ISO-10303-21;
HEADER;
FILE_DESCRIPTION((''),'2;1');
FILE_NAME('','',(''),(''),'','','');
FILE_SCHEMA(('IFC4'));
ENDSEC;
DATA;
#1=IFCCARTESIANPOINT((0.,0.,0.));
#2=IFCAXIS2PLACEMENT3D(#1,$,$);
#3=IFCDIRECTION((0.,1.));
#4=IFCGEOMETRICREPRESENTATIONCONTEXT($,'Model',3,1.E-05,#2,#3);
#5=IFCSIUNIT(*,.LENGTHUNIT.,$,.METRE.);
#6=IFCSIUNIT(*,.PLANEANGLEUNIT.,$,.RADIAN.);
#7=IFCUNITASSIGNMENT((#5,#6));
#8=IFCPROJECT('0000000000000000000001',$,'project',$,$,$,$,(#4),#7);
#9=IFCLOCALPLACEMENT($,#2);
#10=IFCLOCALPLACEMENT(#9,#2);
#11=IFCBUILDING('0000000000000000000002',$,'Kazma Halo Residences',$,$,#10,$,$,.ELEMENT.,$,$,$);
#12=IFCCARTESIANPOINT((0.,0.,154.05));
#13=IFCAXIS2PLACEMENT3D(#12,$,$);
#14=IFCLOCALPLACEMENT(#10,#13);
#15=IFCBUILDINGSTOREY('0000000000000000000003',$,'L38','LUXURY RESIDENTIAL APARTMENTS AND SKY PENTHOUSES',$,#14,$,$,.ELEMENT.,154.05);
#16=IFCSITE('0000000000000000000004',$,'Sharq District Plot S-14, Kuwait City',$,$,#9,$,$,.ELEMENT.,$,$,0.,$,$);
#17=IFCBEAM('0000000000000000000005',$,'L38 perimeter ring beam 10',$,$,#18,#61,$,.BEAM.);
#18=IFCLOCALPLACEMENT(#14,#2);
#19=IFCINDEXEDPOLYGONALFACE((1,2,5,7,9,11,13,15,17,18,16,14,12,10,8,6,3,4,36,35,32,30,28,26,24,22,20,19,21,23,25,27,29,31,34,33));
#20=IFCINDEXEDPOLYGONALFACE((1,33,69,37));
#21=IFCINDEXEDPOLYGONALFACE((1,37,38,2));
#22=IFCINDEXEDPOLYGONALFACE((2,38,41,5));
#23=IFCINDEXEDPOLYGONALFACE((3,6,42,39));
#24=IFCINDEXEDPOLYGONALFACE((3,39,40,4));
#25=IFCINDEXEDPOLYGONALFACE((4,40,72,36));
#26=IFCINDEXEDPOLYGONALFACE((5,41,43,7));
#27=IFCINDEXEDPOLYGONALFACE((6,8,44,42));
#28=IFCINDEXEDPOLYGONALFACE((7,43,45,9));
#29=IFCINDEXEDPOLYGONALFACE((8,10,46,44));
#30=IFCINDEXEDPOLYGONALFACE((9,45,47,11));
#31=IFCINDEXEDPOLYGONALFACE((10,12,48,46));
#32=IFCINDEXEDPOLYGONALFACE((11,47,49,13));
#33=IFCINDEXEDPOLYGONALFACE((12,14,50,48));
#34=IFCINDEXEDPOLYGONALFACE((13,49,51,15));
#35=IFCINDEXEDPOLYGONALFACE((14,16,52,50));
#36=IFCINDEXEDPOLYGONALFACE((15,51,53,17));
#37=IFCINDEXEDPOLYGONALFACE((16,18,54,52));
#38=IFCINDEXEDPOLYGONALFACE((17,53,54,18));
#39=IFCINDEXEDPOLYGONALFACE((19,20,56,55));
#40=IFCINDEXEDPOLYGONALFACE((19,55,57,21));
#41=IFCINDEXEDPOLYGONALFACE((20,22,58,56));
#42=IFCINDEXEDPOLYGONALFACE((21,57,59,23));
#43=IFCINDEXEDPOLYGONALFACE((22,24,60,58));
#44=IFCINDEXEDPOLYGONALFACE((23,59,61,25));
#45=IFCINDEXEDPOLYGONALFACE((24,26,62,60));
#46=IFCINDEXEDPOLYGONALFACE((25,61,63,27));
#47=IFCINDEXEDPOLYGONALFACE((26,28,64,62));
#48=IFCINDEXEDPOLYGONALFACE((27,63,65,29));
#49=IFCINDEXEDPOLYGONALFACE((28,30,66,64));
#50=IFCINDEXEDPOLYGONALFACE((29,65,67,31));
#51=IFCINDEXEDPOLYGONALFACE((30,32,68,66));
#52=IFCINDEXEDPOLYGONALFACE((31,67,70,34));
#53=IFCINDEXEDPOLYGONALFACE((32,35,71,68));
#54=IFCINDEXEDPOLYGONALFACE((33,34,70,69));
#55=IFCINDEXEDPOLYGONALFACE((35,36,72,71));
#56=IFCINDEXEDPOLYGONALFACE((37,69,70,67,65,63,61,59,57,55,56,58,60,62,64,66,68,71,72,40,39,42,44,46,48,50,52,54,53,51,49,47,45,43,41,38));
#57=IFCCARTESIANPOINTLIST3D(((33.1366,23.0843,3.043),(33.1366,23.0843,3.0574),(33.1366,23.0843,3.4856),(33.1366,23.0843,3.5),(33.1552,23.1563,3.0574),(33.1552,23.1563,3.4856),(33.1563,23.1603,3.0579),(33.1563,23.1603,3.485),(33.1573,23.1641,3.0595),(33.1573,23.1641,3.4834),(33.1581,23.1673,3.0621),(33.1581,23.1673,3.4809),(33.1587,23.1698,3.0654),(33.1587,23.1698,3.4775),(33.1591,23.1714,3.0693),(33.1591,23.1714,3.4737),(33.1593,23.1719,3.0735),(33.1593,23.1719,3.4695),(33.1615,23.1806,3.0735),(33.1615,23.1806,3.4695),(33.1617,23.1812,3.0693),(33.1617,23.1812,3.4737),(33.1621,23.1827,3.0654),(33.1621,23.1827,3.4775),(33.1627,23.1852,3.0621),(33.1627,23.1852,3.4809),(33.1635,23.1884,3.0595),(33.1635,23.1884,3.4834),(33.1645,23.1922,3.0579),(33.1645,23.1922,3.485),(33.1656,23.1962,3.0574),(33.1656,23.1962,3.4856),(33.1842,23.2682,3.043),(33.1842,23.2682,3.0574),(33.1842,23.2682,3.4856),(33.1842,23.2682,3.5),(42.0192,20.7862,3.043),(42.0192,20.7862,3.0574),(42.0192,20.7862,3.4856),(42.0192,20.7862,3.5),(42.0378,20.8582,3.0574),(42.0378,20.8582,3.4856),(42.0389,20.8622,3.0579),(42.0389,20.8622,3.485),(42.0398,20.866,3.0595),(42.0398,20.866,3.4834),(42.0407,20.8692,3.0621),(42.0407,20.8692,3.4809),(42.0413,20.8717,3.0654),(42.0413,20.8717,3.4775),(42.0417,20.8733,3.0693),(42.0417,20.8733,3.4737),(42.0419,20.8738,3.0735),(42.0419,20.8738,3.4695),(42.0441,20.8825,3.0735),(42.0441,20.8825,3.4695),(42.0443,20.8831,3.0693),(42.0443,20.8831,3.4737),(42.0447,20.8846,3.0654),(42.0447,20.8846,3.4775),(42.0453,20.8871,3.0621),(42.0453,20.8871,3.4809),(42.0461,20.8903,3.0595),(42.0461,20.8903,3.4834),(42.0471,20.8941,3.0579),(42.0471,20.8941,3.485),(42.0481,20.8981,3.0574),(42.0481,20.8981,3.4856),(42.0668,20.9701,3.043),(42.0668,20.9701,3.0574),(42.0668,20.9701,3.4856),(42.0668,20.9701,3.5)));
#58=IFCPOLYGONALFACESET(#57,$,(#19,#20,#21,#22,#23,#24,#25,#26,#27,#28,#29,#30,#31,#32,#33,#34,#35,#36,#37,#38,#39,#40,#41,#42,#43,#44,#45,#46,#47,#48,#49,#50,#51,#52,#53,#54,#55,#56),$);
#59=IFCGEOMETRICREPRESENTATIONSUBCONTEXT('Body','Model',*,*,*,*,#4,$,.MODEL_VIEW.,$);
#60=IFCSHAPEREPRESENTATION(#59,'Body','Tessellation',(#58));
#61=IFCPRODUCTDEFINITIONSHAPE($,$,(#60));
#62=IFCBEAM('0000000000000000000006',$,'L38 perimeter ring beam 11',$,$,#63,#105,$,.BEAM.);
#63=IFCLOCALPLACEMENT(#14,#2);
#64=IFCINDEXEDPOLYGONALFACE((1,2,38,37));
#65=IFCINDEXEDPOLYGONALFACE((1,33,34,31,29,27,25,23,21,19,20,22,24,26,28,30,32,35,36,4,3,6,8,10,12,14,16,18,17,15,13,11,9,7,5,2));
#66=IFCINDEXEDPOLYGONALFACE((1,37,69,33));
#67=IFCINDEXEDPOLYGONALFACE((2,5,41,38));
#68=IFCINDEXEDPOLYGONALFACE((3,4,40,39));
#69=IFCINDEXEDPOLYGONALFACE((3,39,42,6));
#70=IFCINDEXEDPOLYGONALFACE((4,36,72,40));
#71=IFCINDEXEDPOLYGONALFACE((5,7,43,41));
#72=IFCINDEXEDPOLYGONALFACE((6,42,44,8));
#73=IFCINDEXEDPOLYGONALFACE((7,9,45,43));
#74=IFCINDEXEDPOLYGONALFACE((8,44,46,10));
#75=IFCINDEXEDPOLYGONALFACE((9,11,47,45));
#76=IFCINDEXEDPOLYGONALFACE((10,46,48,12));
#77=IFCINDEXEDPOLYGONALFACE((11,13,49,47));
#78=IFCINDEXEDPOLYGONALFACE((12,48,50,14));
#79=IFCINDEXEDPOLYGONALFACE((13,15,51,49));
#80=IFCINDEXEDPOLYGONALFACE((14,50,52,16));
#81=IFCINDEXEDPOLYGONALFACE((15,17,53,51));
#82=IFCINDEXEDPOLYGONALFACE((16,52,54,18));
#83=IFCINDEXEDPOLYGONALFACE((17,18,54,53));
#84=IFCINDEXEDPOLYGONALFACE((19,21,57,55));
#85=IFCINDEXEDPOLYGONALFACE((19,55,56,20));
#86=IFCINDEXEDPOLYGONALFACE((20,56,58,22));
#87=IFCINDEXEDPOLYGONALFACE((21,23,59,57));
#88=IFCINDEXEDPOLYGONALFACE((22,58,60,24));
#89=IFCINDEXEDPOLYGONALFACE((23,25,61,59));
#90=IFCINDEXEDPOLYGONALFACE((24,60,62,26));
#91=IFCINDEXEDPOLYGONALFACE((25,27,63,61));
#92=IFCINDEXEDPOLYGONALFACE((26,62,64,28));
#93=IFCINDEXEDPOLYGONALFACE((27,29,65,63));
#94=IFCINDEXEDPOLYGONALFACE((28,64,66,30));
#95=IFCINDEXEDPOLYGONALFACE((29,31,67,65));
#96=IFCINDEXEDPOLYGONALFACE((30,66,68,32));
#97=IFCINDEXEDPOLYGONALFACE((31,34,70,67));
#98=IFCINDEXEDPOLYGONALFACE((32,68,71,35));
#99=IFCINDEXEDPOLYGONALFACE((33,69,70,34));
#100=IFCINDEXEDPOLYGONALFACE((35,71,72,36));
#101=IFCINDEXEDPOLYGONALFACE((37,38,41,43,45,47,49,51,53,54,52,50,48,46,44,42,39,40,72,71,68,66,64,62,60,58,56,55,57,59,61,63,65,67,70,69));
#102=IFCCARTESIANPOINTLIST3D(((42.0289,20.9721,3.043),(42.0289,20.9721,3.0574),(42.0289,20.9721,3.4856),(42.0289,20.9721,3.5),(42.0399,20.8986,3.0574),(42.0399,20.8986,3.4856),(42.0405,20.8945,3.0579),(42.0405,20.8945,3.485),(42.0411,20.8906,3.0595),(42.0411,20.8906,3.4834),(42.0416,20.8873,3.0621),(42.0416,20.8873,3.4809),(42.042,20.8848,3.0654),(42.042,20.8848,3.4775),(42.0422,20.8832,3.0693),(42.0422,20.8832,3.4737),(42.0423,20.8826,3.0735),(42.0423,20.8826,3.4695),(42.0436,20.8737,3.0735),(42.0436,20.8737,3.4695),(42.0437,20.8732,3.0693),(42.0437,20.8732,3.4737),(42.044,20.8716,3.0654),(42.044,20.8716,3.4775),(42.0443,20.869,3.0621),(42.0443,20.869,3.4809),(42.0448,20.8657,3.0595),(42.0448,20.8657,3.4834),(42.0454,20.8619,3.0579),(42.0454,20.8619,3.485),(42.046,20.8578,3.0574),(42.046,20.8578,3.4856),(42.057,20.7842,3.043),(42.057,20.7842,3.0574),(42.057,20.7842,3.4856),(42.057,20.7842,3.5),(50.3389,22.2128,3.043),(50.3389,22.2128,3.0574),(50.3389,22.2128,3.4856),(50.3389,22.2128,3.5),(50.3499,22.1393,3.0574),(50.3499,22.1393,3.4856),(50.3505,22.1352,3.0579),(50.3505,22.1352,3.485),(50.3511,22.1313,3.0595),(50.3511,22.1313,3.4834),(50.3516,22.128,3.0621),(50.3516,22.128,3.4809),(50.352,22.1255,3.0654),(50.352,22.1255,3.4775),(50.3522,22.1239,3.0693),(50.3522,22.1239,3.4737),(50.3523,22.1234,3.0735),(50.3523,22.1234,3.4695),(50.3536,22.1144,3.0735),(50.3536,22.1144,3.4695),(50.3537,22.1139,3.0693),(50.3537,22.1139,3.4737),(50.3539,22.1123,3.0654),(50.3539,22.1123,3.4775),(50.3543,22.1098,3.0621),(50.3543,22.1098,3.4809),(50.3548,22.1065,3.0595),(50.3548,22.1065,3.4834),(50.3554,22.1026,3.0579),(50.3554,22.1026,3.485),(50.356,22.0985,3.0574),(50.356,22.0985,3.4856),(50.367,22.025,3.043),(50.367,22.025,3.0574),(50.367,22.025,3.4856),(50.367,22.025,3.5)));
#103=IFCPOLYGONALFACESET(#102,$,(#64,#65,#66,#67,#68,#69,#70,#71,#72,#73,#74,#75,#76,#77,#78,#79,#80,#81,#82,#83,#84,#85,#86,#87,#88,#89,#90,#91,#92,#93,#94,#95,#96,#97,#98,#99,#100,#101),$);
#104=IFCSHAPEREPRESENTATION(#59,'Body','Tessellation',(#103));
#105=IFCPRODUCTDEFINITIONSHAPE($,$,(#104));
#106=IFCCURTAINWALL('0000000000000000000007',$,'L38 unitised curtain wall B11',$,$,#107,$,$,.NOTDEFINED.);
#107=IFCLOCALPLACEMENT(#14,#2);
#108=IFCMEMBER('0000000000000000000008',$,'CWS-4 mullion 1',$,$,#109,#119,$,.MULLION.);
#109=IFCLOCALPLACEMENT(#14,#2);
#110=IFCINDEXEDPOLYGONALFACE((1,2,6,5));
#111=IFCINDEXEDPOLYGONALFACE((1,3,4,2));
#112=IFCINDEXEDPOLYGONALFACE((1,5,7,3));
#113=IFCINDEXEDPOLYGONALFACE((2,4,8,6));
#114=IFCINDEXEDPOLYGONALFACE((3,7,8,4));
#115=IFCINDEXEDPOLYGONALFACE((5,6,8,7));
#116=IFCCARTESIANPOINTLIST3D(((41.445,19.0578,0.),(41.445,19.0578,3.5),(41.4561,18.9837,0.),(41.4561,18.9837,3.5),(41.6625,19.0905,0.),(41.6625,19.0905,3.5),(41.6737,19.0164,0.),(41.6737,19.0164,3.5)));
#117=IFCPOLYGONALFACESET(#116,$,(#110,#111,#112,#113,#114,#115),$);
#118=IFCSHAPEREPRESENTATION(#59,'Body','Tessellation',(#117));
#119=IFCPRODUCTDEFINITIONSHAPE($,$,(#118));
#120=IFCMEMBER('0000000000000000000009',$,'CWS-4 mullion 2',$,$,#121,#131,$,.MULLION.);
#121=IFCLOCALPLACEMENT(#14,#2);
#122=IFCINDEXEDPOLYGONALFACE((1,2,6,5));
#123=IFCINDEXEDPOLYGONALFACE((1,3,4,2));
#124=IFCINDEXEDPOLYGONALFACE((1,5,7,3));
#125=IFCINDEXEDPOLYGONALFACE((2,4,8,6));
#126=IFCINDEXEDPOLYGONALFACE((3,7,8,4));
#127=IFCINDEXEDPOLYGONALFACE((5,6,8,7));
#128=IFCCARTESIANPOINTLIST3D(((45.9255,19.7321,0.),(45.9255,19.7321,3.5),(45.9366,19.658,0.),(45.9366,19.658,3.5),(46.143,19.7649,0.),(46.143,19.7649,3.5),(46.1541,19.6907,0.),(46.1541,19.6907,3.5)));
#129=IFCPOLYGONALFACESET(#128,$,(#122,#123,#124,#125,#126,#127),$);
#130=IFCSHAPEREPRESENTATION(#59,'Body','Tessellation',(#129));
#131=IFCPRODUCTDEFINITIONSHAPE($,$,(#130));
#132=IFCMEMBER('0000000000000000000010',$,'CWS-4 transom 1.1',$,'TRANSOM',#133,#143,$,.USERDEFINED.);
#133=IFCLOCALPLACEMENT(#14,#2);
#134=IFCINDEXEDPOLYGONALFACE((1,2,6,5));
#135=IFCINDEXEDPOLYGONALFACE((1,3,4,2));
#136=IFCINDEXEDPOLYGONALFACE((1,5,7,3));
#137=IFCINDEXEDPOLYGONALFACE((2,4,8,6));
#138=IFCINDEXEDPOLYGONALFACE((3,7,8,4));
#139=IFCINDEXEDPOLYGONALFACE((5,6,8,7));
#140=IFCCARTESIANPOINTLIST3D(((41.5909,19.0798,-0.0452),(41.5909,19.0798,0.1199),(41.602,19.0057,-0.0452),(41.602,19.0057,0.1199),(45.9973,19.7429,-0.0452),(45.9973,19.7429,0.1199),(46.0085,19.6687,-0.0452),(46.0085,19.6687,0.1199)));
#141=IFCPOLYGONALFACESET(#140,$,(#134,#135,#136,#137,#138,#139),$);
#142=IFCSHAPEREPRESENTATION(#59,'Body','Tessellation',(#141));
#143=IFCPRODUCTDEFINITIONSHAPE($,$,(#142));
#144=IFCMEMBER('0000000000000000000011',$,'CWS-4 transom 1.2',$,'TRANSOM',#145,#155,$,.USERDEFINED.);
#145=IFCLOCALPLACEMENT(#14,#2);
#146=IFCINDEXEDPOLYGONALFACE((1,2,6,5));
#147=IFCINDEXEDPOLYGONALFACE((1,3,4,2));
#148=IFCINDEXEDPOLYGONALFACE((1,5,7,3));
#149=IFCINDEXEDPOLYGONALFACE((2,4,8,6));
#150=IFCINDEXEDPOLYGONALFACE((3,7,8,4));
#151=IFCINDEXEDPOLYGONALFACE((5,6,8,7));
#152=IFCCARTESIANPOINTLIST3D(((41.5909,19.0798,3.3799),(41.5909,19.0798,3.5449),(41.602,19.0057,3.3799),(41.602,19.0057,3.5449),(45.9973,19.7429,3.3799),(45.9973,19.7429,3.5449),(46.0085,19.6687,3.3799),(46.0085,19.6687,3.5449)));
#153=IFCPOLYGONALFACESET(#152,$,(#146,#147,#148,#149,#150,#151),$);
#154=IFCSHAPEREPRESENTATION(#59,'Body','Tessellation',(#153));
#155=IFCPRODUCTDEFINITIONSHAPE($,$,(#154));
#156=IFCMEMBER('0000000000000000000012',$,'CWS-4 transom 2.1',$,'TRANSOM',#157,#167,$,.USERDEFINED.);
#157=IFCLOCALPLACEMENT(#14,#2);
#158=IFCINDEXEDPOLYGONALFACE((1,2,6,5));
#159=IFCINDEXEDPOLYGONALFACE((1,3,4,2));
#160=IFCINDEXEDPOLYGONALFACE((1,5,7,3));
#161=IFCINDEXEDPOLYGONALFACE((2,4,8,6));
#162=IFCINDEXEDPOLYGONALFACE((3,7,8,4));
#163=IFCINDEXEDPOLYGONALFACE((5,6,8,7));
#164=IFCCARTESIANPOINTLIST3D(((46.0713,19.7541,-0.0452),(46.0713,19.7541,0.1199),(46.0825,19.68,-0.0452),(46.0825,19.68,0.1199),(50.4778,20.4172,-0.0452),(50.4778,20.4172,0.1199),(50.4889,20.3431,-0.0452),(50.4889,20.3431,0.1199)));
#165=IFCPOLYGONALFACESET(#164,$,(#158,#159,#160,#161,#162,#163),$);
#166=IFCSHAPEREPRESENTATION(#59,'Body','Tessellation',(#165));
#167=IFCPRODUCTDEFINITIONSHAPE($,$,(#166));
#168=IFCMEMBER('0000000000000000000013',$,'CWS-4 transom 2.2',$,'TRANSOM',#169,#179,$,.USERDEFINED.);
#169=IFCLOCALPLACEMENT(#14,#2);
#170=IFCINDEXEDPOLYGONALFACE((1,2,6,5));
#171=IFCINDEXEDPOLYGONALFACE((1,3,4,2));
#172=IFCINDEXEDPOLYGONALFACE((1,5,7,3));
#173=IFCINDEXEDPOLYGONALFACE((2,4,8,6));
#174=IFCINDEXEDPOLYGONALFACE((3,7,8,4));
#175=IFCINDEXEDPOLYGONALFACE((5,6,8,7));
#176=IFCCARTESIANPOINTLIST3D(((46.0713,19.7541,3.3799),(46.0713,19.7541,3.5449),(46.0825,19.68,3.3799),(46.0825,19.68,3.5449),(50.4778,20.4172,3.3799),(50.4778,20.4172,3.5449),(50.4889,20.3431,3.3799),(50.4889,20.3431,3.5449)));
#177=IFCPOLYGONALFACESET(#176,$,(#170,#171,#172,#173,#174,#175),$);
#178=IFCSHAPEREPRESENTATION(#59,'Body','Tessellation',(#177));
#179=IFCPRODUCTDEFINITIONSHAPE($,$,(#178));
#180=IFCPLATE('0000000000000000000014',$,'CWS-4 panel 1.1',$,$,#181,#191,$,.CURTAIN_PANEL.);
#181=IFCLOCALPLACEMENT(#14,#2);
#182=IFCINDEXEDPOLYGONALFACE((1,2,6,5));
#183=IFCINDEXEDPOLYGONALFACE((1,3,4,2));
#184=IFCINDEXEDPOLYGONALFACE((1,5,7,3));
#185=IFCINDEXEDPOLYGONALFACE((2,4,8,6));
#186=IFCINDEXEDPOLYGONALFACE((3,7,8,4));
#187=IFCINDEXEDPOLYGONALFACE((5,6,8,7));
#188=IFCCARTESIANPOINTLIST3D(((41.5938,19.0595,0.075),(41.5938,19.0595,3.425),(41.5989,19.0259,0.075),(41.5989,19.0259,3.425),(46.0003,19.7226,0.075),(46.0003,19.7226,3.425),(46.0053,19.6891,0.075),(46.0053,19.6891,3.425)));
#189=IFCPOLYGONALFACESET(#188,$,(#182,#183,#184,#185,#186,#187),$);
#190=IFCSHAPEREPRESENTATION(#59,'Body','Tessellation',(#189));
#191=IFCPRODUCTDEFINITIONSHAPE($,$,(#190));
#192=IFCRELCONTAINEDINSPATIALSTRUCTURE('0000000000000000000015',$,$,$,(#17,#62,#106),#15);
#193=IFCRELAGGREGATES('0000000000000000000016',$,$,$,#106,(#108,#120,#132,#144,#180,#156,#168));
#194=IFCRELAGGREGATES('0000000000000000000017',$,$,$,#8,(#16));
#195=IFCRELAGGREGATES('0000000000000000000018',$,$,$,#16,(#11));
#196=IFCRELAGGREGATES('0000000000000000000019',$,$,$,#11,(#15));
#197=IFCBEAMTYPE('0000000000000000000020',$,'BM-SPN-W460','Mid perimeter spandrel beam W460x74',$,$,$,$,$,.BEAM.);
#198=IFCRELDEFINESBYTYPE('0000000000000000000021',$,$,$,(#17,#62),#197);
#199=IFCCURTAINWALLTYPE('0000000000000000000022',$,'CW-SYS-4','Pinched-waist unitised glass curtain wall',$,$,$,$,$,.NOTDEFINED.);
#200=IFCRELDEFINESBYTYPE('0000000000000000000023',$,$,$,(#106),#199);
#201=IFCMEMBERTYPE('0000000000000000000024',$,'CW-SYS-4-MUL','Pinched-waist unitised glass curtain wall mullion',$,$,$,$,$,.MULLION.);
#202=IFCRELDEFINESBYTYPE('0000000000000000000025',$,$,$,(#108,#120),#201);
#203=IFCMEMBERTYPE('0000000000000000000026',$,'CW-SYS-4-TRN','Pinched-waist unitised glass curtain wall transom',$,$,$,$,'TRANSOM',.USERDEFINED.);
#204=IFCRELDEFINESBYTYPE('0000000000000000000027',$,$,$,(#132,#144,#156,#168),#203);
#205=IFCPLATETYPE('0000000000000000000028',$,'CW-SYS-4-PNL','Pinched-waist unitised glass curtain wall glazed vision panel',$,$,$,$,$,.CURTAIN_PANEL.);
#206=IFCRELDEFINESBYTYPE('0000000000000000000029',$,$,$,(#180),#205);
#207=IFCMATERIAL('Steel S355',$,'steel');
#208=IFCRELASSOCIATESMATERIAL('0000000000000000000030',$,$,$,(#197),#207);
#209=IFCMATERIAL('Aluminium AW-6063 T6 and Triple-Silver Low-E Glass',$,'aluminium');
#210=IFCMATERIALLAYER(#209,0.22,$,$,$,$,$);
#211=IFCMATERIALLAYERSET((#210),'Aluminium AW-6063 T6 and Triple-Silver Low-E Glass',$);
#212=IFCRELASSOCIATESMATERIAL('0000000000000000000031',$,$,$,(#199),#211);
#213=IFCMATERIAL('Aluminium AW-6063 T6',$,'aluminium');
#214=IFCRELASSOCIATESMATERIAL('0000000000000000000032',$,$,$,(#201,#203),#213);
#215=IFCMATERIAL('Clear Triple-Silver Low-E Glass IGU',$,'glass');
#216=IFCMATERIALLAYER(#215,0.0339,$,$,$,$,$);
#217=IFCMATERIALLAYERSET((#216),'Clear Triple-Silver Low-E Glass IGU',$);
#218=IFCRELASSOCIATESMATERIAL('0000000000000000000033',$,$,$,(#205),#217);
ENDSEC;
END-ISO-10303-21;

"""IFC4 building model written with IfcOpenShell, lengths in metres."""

from ifc_helpers import new_model, si_unit, direction, frame, origin, origin_2d, place, context, subcontext, project, spatial, rectangle, i_section, extrude, material, layer, layer_set, material_profile, profile_set, type_object, element, aggregate, save


model = new_model("IFC4")

# Units and contexts
model_context = context("Model", 3, precision=1e-05, world=origin(), true_north=direction((0.0, 1.0)))
body_context = subcontext(model_context, "Body", "Model", "MODEL_VIEW")
ifc_project = project(units=[si_unit("LENGTHUNIT", "METRE"), si_unit("PLANEANGLEUNIT", "RADIAN")], contexts=[model_context])

# Site, building, storey
site_placement = place(None, origin())
site = spatial("IfcSite", under=ifc_project, at=site_placement, Name="Sharq District Plot S-14, Kuwait City", CompositionType="ELEMENT", RefElevation=0.0)
building_placement = place(site_placement, origin())
building = spatial("IfcBuilding", under=site, at=building_placement, Name="Kazma Halo Residences", CompositionType="ELEMENT")
storey_placement = place(building_placement, frame((0.0, 0.0, 154.05)))
storey = spatial("IfcBuildingStorey", under=building, at=storey_placement, Name="L38", Description="LUXURY RESIDENTIAL APARTMENTS AND SKY PENTHOUSES", CompositionType="ELEMENT", Elevation=154.05)

# Beams
ifc_material_1 = material(Name="Steel S355", Category="steel")
ifc_material_profile_1 = material_profile(ifc_material_1, i_section(OverallWidth=0.1899, OverallDepth=0.457, WebThickness=0.009, FlangeThickness=0.0144, FilletRadius=0.0161, at=origin_2d()), Name="W460x74")
ifc_profile_set_1 = profile_set([ifc_material_profile_1], Name="Steel S355")
beam_type_1 = type_object("IfcBeamType", Name="BM-SPN-W460", Description="Mid perimeter spandrel beam W460x74", PredefinedType="BEAM", material=ifc_profile_set_1)
beam_1_placement = place(storey_placement, frame((33.1604, 23.1763, 3.2715), z_axis=(0.968124, -0.250473, 0.0), x_axis=(0.250473, 0.968124, 0.0)))
element("IfcBeam", 1, at=beam_1_placement, inside=storey, type_object=beam_type_1, Name="L38 perimeter ring beam 10", PredefinedType="BEAM", context=body_context, shape_type="SweptSolid", body=[
    extrude(i_section(OverallWidth=0.1899, OverallDepth=0.457, WebThickness=0.009, FlangeThickness=0.0144, FilletRadius=0.0161, at=origin_2d()), origin(), (0.0, 0.0, 1.0), 9.175),
])
beam_2_placement = place(storey_placement, frame((42.043, 20.8782, 3.2715), z_axis=(0.989037, 0.147667, 0.0), x_axis=(-0.147667, 0.989037, 0.0)))
element("IfcBeam", 2, at=beam_2_placement, inside=storey, type_object=beam_type_1, Name="L38 perimeter ring beam 11", PredefinedType="BEAM", context=body_context, shape_type="SweptSolid", body=[
    extrude(i_section(OverallWidth=0.1899, OverallDepth=0.457, WebThickness=0.009, FlangeThickness=0.0144, FilletRadius=0.0161, at=origin_2d()), origin(), (0.0, 0.0, 1.0), 8.4021),
])

# Curtain wall, members, plate
ifc_material_2 = material(Name="Aluminium AW-6063 T6 and Triple-Silver Low-E Glass", Category="aluminium")
ifc_layer_1 = layer(ifc_material_2, 0.22)
ifc_layer_set_1 = layer_set([ifc_layer_1], Name="Aluminium AW-6063 T6 and Triple-Silver Low-E Glass")
curtain_wall_type = type_object("IfcCurtainWallType", Name="CW-SYS-4", Description="Pinched-waist unitised glass curtain wall", PredefinedType="NOTDEFINED", material=ifc_layer_set_1)
curtain_wall_placement = place(storey_placement, origin())
curtain_wall = element("IfcCurtainWall", 3, at=curtain_wall_placement, inside=storey, type_object=curtain_wall_type, Name="L38 unitised curtain wall B11", PredefinedType="NOTDEFINED")
ifc_material_3 = material(Name="Aluminium AW-6063 T6", Category="aluminium")
ifc_material_profile_2 = material_profile(ifc_material_3, rectangle(XDim=0.075, YDim=0.22, at=origin_2d()), Name="CWM-75x220")
ifc_profile_set_2 = profile_set([ifc_material_profile_2], Name="Aluminium AW-6063 T6")
member_type_1 = type_object("IfcMemberType", Name="CW-SYS-4-MUL", Description="Pinched-waist unitised glass curtain wall mullion", PredefinedType="MULLION", material=ifc_profile_set_2)
member_1_placement = place(storey_placement, frame((41.5593, 19.0371, 0.0), z_axis=(0.0, 0.0, 1.0), x_axis=(-0.148821, 0.988864, 0.0)))
member_1 = element("IfcMember", 4, at=member_1_placement, type_object=member_type_1, Name="CWS-4 mullion 1", PredefinedType="MULLION", context=body_context, shape_type="SweptSolid", body=[
    extrude(rectangle(XDim=0.075, YDim=0.22, at=origin_2d()), origin(), (0.0, 0.0, 1.0), 3.5),
])
member_2_placement = place(storey_placement, frame((46.0398, 19.7114, 0.0), z_axis=(0.0, 0.0, 1.0), x_axis=(-0.148821, 0.988864, 0.0)))
member_2 = element("IfcMember", 5, at=member_2_placement, type_object=member_type_1, Name="CWS-4 mullion 2", PredefinedType="MULLION", context=body_context, shape_type="SweptSolid", body=[
    extrude(rectangle(XDim=0.075, YDim=0.22, at=origin_2d()), origin(), (0.0, 0.0, 1.0), 3.5),
])
ifc_material_profile_3 = material_profile(ifc_material_3, rectangle(XDim=0.075, YDim=0.165, at=origin_2d()), Name="CWT-75x165")
ifc_profile_set_3 = profile_set([ifc_material_profile_3], Name="Aluminium AW-6063 T6")
member_type_2 = type_object("IfcMemberType", Name="CW-SYS-4-TRN", Description="Pinched-waist unitised glass curtain wall transom", ElementType="TRANSOM", PredefinedType="USERDEFINED", material=ifc_profile_set_3)
member_3_placement = place(storey_placement, frame((41.5964, 19.0427, 0.0374), z_axis=(0.988867, 0.148804, 0.0), x_axis=(-0.148804, 0.988867, 0.0)))
member_3 = element("IfcMember", 6, at=member_3_placement, type_object=member_type_2, Name="CWS-4 transom 1.1", ObjectType="TRANSOM", PredefinedType="USERDEFINED", context=body_context, shape_type="SweptSolid", body=[
    extrude(rectangle(XDim=0.075, YDim=0.165, at=origin_2d()), origin(), (0.0, 0.0, 1.0), 4.4561),
])
member_4_placement = place(storey_placement, frame((41.5964, 19.0427, 3.4624), z_axis=(0.988867, 0.148804, 0.0), x_axis=(-0.148804, 0.988867, 0.0)))
member_4 = element("IfcMember", 7, at=member_4_placement, type_object=member_type_2, Name="CWS-4 transom 1.2", ObjectType="TRANSOM", PredefinedType="USERDEFINED", context=body_context, shape_type="SweptSolid", body=[
    extrude(rectangle(XDim=0.075, YDim=0.165, at=origin_2d()), origin(), (0.0, 0.0, 1.0), 4.4561),
])
member_5_placement = place(storey_placement, frame((46.0769, 19.717, 0.0374), z_axis=(0.988867, 0.148804, 0.0), x_axis=(-0.148804, 0.988867, 0.0)))
member_5 = element("IfcMember", 8, at=member_5_placement, type_object=member_type_2, Name="CWS-4 transom 2.1", ObjectType="TRANSOM", PredefinedType="USERDEFINED", context=body_context, shape_type="SweptSolid", body=[
    extrude(rectangle(XDim=0.075, YDim=0.165, at=origin_2d()), origin(), (0.0, 0.0, 1.0), 4.4561),
])
member_6_placement = place(storey_placement, frame((46.0769, 19.717, 3.4624), z_axis=(0.988867, 0.148804, 0.0), x_axis=(-0.148804, 0.988867, 0.0)))
member_6 = element("IfcMember", 9, at=member_6_placement, type_object=member_type_2, Name="CWS-4 transom 2.2", ObjectType="TRANSOM", PredefinedType="USERDEFINED", context=body_context, shape_type="SweptSolid", body=[
    extrude(rectangle(XDim=0.075, YDim=0.165, at=origin_2d()), origin(), (0.0, 0.0, 1.0), 4.4561),
])
ifc_material_4 = material(Name="Clear Triple-Silver Low-E Glass IGU", Category="glass")
ifc_layer_2 = layer(ifc_material_4, 0.0339)
ifc_layer_set_2 = layer_set([ifc_layer_2], Name="Clear Triple-Silver Low-E Glass IGU")
plate_type = type_object("IfcPlateType", Name="CW-SYS-4-PNL", Description="Pinched-waist unitised glass curtain wall glazed vision panel", PredefinedType="CURTAIN_PANEL", material=ifc_layer_set_2)
plate_placement = place(storey_placement, frame((43.7996, 19.3743, 0.075), z_axis=(0.0, 0.0, 1.0), x_axis=(0.988864, 0.148821, 0.0)))
plate = element("IfcPlate", 10, at=plate_placement, type_object=plate_type, Name="CWS-4 panel 1.1", PredefinedType="CURTAIN_PANEL", context=body_context, shape_type="SweptSolid", body=[
    extrude(rectangle(XDim=4.4561, YDim=0.0339, at=origin_2d()), origin(), (0.0, 0.0, 1.0), 3.3501),
])
aggregate(curtain_wall, [member_1, member_2, member_3, member_4, plate, member_5, member_6])

save(model, "model.ifc")
